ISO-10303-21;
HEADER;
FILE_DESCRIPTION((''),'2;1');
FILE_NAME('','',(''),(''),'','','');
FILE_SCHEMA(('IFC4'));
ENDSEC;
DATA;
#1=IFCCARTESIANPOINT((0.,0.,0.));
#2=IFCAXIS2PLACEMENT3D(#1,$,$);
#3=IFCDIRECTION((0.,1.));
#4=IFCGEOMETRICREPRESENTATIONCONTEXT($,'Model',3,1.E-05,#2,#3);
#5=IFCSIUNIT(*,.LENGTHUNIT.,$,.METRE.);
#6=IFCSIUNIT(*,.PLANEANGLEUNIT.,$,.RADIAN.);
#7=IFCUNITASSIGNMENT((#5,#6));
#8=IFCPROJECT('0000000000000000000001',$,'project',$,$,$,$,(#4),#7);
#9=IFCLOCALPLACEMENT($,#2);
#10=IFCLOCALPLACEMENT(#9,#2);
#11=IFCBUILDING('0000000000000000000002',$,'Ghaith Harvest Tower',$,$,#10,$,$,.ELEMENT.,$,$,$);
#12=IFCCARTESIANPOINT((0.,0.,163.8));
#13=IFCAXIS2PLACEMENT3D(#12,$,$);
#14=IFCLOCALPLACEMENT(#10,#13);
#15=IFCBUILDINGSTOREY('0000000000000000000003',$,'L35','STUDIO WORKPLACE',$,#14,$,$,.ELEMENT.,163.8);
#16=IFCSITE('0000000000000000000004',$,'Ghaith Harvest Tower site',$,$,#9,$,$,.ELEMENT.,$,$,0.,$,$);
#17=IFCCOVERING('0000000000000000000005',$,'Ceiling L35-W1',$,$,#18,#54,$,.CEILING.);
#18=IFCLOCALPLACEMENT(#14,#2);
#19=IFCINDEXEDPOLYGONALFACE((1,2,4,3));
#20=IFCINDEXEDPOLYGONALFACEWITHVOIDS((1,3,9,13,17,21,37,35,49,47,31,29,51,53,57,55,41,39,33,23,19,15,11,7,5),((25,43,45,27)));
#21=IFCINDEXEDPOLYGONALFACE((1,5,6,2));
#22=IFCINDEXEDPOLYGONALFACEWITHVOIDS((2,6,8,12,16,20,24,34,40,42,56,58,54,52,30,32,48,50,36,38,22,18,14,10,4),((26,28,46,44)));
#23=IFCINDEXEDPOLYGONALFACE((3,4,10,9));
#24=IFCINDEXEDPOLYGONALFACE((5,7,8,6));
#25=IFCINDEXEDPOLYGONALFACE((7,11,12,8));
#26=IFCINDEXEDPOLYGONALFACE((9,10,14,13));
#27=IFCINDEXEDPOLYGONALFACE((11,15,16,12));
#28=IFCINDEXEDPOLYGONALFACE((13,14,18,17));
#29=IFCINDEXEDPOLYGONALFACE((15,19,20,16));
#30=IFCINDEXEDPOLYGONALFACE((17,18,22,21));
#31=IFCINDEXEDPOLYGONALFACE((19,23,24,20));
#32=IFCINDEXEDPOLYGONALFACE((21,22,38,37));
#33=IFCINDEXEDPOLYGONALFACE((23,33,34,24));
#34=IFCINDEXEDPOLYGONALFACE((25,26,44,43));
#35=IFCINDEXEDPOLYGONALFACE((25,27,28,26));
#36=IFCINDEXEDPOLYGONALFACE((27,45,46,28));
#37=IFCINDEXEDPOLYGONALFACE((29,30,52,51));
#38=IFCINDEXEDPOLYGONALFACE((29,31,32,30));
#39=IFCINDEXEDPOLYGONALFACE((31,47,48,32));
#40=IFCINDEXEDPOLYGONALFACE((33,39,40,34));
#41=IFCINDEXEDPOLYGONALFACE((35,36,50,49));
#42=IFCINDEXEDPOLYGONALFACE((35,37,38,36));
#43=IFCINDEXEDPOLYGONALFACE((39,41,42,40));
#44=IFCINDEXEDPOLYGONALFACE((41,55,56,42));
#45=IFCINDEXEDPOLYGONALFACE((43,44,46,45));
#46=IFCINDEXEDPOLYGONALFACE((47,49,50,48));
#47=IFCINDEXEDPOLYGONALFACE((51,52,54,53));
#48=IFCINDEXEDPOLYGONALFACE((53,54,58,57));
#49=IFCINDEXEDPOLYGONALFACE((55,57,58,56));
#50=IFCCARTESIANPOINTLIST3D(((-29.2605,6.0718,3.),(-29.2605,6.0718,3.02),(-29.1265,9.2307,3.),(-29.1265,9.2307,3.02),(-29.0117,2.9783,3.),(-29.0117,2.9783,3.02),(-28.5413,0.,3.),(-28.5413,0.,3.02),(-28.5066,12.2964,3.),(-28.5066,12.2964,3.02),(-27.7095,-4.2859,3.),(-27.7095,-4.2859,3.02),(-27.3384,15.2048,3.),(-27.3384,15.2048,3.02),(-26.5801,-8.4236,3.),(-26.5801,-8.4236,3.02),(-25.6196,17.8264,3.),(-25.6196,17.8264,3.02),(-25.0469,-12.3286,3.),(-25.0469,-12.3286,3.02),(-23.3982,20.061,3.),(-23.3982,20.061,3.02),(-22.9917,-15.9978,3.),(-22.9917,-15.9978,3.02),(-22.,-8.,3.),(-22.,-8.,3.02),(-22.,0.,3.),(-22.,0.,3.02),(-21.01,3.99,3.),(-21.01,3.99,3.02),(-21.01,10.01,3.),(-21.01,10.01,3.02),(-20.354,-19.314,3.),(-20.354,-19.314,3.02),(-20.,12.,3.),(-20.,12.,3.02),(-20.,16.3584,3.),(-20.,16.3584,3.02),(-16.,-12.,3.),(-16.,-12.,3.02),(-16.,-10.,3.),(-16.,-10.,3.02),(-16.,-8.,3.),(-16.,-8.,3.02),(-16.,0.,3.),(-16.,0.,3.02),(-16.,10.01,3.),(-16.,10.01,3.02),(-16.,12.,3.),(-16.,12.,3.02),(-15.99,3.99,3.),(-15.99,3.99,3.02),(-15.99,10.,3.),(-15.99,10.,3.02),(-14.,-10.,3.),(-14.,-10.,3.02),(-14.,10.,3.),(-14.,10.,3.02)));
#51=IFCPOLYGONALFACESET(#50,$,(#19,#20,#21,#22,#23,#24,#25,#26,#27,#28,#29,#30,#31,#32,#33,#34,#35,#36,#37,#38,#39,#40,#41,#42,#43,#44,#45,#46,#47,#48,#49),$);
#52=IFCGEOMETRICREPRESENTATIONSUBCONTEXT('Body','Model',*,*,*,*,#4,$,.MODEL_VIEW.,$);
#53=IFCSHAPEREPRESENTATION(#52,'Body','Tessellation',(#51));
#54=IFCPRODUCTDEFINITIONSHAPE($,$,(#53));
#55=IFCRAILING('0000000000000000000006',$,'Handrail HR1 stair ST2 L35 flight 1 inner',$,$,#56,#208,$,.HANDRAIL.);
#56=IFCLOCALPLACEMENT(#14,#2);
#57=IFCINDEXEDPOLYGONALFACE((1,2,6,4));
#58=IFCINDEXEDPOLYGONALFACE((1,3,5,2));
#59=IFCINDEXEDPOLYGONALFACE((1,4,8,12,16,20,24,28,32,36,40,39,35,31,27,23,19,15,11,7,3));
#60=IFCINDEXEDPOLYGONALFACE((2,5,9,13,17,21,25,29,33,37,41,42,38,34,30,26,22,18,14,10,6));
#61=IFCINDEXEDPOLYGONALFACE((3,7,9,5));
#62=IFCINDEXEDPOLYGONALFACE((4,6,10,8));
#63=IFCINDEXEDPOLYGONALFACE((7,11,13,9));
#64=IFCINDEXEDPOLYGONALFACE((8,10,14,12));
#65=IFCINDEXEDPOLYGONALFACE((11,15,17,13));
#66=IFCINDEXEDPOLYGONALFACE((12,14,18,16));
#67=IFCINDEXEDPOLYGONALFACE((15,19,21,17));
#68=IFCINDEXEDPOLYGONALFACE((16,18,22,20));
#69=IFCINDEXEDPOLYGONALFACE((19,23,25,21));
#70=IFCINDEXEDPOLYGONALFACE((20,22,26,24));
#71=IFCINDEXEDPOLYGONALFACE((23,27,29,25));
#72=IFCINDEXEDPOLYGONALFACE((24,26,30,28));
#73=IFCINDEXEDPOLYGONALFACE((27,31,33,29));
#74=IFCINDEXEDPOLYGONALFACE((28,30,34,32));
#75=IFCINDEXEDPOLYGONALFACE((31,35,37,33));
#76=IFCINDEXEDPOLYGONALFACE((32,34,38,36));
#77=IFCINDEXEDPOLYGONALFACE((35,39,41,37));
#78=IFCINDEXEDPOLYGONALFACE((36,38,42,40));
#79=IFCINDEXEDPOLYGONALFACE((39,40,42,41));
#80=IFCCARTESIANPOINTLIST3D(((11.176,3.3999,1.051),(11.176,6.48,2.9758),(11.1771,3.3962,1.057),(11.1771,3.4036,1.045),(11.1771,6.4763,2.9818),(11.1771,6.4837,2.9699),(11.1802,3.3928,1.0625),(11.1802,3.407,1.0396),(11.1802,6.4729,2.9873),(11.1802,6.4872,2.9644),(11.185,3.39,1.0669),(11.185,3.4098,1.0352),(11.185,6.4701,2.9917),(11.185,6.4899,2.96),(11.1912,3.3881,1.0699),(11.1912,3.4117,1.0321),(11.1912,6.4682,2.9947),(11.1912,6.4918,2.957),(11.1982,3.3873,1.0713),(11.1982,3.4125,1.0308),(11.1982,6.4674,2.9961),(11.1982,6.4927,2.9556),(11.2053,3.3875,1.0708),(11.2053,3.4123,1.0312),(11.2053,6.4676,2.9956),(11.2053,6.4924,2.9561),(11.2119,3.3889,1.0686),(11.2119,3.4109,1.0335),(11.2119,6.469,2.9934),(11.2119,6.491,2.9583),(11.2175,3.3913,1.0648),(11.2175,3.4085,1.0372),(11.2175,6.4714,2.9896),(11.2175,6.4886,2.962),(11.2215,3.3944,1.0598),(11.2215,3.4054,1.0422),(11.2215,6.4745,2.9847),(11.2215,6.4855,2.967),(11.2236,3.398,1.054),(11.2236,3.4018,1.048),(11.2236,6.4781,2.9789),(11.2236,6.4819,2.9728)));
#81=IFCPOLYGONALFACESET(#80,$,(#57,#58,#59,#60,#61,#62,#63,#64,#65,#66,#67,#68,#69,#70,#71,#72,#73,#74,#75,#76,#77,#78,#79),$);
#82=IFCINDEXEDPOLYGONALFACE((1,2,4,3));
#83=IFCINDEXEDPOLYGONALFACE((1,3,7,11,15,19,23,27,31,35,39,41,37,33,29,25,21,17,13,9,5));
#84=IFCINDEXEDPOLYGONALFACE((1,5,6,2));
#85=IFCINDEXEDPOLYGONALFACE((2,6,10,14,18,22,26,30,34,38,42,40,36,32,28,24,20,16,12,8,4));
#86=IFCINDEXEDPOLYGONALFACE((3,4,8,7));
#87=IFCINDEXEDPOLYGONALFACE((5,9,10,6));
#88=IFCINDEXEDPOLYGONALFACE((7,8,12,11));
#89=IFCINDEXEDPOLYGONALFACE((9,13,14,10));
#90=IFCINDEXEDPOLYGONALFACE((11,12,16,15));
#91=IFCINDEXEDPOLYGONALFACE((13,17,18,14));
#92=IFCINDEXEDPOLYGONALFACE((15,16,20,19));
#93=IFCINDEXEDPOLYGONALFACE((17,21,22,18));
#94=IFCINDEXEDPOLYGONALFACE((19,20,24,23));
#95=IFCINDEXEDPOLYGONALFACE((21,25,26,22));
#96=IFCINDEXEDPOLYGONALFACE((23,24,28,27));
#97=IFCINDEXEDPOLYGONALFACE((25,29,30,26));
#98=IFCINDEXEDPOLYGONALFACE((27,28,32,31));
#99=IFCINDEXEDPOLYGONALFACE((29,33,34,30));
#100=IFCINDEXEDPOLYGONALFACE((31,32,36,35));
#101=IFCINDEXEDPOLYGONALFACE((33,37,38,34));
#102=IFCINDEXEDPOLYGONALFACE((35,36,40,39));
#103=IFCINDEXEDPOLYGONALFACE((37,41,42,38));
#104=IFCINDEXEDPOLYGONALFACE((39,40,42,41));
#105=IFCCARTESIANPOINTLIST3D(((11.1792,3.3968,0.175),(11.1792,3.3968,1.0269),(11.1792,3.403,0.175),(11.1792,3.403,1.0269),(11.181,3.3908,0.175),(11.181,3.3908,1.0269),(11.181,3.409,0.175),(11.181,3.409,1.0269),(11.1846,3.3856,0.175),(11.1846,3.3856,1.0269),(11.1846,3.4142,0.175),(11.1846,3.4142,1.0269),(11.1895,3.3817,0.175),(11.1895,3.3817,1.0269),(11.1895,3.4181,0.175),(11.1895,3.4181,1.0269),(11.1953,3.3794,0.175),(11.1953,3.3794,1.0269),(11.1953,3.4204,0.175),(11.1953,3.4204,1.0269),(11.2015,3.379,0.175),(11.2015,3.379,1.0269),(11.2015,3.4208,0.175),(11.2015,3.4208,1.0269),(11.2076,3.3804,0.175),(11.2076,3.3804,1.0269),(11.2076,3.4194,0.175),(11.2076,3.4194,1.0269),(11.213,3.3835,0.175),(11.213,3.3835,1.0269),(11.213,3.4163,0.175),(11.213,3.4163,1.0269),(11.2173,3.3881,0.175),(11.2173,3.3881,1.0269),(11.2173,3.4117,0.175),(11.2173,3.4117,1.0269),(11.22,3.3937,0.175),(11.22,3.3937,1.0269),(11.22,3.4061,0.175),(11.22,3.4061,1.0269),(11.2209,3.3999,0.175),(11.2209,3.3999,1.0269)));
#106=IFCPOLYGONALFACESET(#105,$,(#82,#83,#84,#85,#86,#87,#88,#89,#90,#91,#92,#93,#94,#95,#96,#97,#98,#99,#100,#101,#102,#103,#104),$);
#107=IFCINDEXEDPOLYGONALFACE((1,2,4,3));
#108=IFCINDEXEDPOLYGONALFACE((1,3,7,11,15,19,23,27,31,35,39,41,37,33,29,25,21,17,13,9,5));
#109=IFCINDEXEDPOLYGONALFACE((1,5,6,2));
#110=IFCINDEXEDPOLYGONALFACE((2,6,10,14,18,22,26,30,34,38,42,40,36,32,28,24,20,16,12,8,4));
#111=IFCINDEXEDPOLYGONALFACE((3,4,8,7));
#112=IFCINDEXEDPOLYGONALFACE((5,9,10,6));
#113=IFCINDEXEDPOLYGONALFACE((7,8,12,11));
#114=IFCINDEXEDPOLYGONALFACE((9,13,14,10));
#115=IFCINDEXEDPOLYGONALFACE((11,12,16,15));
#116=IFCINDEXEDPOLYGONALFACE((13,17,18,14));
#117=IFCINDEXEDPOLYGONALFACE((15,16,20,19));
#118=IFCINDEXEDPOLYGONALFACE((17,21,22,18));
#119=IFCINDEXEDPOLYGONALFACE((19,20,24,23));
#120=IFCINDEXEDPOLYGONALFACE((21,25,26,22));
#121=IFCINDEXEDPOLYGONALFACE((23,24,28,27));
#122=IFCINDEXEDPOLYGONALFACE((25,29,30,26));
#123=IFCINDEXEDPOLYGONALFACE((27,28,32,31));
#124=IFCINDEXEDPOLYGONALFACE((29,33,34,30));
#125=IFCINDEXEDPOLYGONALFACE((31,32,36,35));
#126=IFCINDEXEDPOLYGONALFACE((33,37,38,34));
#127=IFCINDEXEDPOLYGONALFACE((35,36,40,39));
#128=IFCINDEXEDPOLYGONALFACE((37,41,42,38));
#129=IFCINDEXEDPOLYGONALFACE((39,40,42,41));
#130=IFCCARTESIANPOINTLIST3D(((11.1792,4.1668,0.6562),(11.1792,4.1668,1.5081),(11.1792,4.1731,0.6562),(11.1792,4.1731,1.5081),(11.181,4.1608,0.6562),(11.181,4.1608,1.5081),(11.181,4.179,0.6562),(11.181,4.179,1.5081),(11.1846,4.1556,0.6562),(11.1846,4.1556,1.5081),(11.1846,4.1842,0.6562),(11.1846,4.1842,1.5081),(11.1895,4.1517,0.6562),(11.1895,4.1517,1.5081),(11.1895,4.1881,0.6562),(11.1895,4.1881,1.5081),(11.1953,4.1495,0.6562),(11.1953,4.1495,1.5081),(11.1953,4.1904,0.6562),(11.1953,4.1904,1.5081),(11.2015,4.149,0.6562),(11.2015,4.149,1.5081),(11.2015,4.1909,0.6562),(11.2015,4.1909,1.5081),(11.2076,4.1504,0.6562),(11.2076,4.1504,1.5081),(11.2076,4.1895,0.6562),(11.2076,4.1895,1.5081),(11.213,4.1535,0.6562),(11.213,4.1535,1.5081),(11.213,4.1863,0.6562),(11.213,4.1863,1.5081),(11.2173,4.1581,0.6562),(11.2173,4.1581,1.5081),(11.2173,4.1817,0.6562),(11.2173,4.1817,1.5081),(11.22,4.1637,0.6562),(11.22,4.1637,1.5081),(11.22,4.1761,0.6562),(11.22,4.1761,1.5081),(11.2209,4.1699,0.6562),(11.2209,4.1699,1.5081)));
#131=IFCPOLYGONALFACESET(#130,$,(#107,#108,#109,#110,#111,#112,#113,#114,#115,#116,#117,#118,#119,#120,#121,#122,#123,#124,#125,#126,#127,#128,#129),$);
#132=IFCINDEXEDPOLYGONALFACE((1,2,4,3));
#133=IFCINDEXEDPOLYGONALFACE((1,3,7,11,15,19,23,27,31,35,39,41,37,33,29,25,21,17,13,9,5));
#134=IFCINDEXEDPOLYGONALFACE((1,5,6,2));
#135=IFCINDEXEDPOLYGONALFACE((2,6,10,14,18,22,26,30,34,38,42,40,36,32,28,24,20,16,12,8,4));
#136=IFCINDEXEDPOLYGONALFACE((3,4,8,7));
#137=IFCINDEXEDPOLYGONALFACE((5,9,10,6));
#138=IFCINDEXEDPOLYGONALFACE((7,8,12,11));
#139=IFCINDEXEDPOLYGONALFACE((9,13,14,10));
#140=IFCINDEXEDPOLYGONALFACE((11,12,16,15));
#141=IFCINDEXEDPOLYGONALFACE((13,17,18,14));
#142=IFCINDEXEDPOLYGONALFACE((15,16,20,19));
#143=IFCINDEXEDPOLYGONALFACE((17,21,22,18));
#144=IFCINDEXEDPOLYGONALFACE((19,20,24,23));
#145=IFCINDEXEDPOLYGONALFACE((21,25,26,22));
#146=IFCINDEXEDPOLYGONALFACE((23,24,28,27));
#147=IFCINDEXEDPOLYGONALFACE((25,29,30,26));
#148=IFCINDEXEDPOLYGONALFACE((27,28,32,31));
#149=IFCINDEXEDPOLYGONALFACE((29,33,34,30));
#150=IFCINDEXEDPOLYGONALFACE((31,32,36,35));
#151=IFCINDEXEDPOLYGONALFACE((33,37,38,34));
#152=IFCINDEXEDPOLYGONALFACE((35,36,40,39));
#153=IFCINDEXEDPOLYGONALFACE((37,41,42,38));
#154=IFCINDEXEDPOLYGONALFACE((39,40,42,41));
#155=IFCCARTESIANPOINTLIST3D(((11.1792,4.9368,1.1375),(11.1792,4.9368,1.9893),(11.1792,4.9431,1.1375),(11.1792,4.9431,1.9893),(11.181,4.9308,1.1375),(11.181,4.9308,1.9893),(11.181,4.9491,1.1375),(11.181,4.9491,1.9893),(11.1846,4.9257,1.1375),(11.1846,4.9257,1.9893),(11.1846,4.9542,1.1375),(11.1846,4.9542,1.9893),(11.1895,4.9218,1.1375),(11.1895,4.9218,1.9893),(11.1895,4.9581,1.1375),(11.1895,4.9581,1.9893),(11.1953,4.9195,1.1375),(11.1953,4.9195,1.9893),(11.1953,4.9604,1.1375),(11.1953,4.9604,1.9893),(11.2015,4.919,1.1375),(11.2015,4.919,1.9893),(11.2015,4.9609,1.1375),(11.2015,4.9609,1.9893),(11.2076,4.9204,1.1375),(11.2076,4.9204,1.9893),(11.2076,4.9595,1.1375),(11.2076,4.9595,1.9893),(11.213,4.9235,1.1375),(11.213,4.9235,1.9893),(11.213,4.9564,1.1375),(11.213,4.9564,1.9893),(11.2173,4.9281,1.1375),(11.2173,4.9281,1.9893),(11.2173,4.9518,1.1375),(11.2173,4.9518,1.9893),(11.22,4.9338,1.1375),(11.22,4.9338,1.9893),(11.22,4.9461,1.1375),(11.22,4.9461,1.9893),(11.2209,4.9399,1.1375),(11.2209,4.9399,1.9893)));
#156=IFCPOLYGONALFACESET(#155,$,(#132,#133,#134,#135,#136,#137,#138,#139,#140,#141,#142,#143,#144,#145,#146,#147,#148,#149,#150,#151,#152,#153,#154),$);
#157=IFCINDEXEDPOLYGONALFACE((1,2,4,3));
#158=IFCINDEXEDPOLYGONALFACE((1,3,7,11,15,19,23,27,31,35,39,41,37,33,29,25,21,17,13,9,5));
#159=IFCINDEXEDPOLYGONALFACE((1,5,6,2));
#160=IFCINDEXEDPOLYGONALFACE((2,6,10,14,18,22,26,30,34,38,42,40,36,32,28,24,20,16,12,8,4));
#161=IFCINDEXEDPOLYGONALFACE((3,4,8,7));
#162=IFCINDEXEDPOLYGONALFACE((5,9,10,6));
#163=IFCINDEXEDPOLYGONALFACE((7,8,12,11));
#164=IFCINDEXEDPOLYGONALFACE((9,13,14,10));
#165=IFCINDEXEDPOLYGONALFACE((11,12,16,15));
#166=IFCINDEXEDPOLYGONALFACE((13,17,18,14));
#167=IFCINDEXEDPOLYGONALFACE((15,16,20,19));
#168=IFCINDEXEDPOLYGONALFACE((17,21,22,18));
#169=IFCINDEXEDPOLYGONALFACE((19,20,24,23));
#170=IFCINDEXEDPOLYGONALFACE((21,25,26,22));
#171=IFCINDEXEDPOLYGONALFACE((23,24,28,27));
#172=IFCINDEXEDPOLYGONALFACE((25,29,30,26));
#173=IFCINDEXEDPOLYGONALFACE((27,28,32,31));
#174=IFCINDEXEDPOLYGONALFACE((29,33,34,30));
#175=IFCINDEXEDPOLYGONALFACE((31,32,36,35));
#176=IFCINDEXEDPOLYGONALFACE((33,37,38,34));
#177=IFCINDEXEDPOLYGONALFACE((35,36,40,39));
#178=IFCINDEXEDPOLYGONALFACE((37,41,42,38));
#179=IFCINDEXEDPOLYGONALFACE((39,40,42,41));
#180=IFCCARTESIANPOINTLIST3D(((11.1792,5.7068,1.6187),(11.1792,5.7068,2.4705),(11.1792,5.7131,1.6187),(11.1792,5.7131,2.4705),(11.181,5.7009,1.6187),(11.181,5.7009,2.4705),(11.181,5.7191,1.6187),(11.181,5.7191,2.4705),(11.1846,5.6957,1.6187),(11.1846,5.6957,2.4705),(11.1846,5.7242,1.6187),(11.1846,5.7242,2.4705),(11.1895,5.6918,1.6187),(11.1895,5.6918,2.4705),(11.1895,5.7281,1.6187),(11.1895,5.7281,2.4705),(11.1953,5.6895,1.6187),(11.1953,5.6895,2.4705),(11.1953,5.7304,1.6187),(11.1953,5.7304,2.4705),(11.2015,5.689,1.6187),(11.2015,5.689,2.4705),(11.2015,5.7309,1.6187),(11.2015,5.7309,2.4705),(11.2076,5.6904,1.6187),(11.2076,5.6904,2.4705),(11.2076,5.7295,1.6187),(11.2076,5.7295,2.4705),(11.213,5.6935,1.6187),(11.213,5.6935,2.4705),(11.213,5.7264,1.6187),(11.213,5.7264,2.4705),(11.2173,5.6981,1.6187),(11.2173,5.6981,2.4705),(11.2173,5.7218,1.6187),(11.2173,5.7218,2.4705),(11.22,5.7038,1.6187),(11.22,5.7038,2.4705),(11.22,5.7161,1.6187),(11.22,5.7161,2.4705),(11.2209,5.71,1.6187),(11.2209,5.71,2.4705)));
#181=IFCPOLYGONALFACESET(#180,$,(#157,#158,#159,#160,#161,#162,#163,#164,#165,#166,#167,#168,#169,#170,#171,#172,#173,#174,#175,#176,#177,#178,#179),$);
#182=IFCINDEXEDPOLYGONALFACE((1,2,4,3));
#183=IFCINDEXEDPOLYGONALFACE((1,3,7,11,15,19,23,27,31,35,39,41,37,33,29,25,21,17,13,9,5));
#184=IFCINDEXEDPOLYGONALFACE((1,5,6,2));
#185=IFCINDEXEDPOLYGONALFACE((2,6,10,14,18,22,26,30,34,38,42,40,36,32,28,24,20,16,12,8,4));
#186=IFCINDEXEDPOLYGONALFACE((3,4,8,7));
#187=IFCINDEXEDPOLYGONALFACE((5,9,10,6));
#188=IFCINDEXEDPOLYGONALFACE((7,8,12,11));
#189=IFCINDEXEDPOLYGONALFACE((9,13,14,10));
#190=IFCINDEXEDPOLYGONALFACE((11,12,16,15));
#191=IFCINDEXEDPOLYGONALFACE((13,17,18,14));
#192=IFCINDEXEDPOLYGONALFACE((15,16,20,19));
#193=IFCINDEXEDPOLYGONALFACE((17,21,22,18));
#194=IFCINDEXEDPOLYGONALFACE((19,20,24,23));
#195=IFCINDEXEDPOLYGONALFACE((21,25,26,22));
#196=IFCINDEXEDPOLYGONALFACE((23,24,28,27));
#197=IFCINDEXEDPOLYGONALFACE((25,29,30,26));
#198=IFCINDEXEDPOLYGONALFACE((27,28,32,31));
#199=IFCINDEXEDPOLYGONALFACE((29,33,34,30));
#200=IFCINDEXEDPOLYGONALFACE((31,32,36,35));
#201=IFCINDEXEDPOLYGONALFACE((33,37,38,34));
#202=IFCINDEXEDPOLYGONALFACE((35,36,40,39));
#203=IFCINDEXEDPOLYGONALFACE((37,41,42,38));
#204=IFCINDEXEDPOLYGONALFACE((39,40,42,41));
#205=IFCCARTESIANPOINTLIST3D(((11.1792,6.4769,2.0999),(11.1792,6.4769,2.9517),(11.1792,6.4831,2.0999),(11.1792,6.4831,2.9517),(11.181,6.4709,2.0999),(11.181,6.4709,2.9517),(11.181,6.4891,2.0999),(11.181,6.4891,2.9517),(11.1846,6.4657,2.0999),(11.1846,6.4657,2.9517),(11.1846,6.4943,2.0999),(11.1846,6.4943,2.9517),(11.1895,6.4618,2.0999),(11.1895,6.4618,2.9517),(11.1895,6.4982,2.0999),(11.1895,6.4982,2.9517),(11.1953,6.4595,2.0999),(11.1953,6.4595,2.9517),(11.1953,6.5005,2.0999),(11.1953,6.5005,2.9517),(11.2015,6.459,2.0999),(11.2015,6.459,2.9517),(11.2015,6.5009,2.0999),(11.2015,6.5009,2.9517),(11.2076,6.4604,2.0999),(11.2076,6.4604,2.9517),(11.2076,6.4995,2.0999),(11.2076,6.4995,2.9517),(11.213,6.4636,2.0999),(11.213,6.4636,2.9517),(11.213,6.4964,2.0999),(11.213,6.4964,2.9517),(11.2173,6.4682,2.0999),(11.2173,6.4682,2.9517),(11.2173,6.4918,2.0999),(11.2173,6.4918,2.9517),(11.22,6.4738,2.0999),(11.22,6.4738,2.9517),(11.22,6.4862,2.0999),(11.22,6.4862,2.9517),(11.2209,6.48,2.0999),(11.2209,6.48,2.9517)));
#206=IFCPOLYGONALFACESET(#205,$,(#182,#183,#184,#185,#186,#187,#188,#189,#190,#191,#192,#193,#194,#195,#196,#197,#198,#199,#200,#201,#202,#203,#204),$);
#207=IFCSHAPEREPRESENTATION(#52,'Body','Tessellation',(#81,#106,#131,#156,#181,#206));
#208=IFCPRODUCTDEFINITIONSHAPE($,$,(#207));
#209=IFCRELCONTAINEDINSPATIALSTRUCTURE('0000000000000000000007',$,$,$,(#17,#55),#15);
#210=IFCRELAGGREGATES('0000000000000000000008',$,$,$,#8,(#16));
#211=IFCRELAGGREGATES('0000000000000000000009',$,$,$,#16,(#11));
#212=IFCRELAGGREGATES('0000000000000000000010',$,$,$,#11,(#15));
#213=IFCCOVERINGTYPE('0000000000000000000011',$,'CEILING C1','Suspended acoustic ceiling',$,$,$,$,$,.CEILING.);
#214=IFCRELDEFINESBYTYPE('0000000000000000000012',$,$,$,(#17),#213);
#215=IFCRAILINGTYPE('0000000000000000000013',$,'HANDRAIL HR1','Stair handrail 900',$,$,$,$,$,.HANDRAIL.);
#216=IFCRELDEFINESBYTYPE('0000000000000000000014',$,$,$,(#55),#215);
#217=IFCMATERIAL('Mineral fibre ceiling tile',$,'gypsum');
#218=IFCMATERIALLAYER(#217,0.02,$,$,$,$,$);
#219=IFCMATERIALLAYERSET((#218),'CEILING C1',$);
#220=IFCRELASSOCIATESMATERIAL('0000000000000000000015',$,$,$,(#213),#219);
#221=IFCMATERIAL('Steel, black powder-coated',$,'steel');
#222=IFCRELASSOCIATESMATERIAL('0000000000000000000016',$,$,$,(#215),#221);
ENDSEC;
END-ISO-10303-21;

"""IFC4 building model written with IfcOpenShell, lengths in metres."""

from ifc_helpers import new_model, si_unit, direction, frame, origin, origin_2d, place, context, subcontext, project, spatial, polyline, circle, outline, extrude, material, layer, layer_set, type_object, element, save


model = new_model("IFC4")

# Units and contexts
model_context = context("Model", 3, precision=1e-05, world=origin(), true_north=direction((0.0, 1.0)))
body_context = subcontext(model_context, "Body", "Model", "MODEL_VIEW")
ifc_project = project(units=[si_unit("LENGTHUNIT", "METRE"), si_unit("PLANEANGLEUNIT", "RADIAN")], contexts=[model_context])

# Site, building, storey
site_placement = place(None, origin())
site = spatial("IfcSite", under=ifc_project, at=site_placement, Name="Ghaith Harvest Tower site", CompositionType="ELEMENT", RefElevation=0.0)
building_placement = place(site_placement, origin())
building = spatial("IfcBuilding", under=site, at=building_placement, Name="Ghaith Harvest Tower", CompositionType="ELEMENT")
storey_placement = place(building_placement, frame((0.0, 0.0, 163.8)))
storey = spatial("IfcBuildingStorey", under=building, at=storey_placement, Name="L35", Description="STUDIO WORKPLACE", CompositionType="ELEMENT", Elevation=163.8)

# Covering
ifc_material_1 = material(Name="Mineral fibre ceiling tile", Category="gypsum")
ifc_layer_1 = layer(ifc_material_1, 0.02)
ifc_layer_set_1 = layer_set([ifc_layer_1], Name="CEILING C1")
covering_type = type_object("IfcCoveringType", Name="CEILING C1", Description="Suspended acoustic ceiling", PredefinedType="CEILING", material=ifc_layer_set_1)
covering_1_placement = place(storey_placement, frame((0.0, 0.0, 3.0)))
element("IfcCovering", 1, at=covering_1_placement, inside=storey, type_object=covering_type, Name="Ceiling L35-W1", PredefinedType="CEILING", context=body_context, shape_type="SweptSolid", body=[
    extrude(outline(polyline([(-27.7095, -4.2859), (-28.5413, 0.0), (-29.0117, 2.9783), (-29.2605, 6.0718), (-29.1265, 9.2307), (-28.5066, 12.2964), (-27.3384, 15.2048), (-25.6196, 17.8264), (-23.3982, 20.061), (-20.0, 16.3584), (-20.0, 12.0), (-16.0, 12.0), (-16.0, 10.01), (-21.01, 10.01), (-21.01, 3.99), (-15.99, 3.99), (-15.99, 10.0), (-14.0, 10.0), (-14.0, -10.0), (-16.0, -10.0), (-16.0, -12.0), (-20.354, -19.314), (-22.9917, -15.9978), (-25.0469, -12.3286), (-26.5801, -8.4236), (-27.7095, -4.2859)]), holes=[polyline([(-16.0, -8.0), (-16.0, 0.0), (-22.0, 0.0), (-22.0, -8.0), (-16.0, -8.0)])]), origin(), (0.0, 0.0, 1.0), 0.02),
])

# Railing
ifc_material_2 = material(Name="Steel, black powder-coated", Category="steel")
railing_type = type_object("IfcRailingType", Name="HANDRAIL HR1", Description="Stair handrail 900", PredefinedType="HANDRAIL", material=ifc_material_2)
railing_1_placement = place(storey_placement, frame((11.2, 3.3999, 0.175)))
element("IfcRailing", 2, at=railing_1_placement, inside=storey, type_object=railing_type, Name="Handrail HR1 stair ST2 L35 flight 1 inner", PredefinedType="HANDRAIL", context=body_context, shape_type="SweptSolid", body=[
    extrude(circle(Radius=0.0239, at=origin_2d()), frame((0.0, 0.0, 0.876), z_axis=(0.0, 0.848029, 0.529951), x_axis=(-1.0, 0.0, 0.0)), (0.0, 0.0, 1.0), 3.6321),
    extrude(circle(Radius=0.021, at=origin_2d()), origin(), (0.0, 0.0, 1.0), 0.8518),
    extrude(circle(Radius=0.021, at=origin_2d()), frame((0.0, 0.77, 0.4812)), (0.0, 0.0, 1.0), 0.8518),
    extrude(circle(Radius=0.021, at=origin_2d()), frame((0.0, 1.54, 0.9624)), (0.0, 0.0, 1.0), 0.8518),
    extrude(circle(Radius=0.021, at=origin_2d()), frame((0.0, 2.3101, 1.4436)), (0.0, 0.0, 1.0), 0.8518),
    extrude(circle(Radius=0.021, at=origin_2d()), frame((0.0, 3.0801, 1.9248)), (0.0, 0.0, 1.0), 0.8518),
])

save(model, "model.ifc")
